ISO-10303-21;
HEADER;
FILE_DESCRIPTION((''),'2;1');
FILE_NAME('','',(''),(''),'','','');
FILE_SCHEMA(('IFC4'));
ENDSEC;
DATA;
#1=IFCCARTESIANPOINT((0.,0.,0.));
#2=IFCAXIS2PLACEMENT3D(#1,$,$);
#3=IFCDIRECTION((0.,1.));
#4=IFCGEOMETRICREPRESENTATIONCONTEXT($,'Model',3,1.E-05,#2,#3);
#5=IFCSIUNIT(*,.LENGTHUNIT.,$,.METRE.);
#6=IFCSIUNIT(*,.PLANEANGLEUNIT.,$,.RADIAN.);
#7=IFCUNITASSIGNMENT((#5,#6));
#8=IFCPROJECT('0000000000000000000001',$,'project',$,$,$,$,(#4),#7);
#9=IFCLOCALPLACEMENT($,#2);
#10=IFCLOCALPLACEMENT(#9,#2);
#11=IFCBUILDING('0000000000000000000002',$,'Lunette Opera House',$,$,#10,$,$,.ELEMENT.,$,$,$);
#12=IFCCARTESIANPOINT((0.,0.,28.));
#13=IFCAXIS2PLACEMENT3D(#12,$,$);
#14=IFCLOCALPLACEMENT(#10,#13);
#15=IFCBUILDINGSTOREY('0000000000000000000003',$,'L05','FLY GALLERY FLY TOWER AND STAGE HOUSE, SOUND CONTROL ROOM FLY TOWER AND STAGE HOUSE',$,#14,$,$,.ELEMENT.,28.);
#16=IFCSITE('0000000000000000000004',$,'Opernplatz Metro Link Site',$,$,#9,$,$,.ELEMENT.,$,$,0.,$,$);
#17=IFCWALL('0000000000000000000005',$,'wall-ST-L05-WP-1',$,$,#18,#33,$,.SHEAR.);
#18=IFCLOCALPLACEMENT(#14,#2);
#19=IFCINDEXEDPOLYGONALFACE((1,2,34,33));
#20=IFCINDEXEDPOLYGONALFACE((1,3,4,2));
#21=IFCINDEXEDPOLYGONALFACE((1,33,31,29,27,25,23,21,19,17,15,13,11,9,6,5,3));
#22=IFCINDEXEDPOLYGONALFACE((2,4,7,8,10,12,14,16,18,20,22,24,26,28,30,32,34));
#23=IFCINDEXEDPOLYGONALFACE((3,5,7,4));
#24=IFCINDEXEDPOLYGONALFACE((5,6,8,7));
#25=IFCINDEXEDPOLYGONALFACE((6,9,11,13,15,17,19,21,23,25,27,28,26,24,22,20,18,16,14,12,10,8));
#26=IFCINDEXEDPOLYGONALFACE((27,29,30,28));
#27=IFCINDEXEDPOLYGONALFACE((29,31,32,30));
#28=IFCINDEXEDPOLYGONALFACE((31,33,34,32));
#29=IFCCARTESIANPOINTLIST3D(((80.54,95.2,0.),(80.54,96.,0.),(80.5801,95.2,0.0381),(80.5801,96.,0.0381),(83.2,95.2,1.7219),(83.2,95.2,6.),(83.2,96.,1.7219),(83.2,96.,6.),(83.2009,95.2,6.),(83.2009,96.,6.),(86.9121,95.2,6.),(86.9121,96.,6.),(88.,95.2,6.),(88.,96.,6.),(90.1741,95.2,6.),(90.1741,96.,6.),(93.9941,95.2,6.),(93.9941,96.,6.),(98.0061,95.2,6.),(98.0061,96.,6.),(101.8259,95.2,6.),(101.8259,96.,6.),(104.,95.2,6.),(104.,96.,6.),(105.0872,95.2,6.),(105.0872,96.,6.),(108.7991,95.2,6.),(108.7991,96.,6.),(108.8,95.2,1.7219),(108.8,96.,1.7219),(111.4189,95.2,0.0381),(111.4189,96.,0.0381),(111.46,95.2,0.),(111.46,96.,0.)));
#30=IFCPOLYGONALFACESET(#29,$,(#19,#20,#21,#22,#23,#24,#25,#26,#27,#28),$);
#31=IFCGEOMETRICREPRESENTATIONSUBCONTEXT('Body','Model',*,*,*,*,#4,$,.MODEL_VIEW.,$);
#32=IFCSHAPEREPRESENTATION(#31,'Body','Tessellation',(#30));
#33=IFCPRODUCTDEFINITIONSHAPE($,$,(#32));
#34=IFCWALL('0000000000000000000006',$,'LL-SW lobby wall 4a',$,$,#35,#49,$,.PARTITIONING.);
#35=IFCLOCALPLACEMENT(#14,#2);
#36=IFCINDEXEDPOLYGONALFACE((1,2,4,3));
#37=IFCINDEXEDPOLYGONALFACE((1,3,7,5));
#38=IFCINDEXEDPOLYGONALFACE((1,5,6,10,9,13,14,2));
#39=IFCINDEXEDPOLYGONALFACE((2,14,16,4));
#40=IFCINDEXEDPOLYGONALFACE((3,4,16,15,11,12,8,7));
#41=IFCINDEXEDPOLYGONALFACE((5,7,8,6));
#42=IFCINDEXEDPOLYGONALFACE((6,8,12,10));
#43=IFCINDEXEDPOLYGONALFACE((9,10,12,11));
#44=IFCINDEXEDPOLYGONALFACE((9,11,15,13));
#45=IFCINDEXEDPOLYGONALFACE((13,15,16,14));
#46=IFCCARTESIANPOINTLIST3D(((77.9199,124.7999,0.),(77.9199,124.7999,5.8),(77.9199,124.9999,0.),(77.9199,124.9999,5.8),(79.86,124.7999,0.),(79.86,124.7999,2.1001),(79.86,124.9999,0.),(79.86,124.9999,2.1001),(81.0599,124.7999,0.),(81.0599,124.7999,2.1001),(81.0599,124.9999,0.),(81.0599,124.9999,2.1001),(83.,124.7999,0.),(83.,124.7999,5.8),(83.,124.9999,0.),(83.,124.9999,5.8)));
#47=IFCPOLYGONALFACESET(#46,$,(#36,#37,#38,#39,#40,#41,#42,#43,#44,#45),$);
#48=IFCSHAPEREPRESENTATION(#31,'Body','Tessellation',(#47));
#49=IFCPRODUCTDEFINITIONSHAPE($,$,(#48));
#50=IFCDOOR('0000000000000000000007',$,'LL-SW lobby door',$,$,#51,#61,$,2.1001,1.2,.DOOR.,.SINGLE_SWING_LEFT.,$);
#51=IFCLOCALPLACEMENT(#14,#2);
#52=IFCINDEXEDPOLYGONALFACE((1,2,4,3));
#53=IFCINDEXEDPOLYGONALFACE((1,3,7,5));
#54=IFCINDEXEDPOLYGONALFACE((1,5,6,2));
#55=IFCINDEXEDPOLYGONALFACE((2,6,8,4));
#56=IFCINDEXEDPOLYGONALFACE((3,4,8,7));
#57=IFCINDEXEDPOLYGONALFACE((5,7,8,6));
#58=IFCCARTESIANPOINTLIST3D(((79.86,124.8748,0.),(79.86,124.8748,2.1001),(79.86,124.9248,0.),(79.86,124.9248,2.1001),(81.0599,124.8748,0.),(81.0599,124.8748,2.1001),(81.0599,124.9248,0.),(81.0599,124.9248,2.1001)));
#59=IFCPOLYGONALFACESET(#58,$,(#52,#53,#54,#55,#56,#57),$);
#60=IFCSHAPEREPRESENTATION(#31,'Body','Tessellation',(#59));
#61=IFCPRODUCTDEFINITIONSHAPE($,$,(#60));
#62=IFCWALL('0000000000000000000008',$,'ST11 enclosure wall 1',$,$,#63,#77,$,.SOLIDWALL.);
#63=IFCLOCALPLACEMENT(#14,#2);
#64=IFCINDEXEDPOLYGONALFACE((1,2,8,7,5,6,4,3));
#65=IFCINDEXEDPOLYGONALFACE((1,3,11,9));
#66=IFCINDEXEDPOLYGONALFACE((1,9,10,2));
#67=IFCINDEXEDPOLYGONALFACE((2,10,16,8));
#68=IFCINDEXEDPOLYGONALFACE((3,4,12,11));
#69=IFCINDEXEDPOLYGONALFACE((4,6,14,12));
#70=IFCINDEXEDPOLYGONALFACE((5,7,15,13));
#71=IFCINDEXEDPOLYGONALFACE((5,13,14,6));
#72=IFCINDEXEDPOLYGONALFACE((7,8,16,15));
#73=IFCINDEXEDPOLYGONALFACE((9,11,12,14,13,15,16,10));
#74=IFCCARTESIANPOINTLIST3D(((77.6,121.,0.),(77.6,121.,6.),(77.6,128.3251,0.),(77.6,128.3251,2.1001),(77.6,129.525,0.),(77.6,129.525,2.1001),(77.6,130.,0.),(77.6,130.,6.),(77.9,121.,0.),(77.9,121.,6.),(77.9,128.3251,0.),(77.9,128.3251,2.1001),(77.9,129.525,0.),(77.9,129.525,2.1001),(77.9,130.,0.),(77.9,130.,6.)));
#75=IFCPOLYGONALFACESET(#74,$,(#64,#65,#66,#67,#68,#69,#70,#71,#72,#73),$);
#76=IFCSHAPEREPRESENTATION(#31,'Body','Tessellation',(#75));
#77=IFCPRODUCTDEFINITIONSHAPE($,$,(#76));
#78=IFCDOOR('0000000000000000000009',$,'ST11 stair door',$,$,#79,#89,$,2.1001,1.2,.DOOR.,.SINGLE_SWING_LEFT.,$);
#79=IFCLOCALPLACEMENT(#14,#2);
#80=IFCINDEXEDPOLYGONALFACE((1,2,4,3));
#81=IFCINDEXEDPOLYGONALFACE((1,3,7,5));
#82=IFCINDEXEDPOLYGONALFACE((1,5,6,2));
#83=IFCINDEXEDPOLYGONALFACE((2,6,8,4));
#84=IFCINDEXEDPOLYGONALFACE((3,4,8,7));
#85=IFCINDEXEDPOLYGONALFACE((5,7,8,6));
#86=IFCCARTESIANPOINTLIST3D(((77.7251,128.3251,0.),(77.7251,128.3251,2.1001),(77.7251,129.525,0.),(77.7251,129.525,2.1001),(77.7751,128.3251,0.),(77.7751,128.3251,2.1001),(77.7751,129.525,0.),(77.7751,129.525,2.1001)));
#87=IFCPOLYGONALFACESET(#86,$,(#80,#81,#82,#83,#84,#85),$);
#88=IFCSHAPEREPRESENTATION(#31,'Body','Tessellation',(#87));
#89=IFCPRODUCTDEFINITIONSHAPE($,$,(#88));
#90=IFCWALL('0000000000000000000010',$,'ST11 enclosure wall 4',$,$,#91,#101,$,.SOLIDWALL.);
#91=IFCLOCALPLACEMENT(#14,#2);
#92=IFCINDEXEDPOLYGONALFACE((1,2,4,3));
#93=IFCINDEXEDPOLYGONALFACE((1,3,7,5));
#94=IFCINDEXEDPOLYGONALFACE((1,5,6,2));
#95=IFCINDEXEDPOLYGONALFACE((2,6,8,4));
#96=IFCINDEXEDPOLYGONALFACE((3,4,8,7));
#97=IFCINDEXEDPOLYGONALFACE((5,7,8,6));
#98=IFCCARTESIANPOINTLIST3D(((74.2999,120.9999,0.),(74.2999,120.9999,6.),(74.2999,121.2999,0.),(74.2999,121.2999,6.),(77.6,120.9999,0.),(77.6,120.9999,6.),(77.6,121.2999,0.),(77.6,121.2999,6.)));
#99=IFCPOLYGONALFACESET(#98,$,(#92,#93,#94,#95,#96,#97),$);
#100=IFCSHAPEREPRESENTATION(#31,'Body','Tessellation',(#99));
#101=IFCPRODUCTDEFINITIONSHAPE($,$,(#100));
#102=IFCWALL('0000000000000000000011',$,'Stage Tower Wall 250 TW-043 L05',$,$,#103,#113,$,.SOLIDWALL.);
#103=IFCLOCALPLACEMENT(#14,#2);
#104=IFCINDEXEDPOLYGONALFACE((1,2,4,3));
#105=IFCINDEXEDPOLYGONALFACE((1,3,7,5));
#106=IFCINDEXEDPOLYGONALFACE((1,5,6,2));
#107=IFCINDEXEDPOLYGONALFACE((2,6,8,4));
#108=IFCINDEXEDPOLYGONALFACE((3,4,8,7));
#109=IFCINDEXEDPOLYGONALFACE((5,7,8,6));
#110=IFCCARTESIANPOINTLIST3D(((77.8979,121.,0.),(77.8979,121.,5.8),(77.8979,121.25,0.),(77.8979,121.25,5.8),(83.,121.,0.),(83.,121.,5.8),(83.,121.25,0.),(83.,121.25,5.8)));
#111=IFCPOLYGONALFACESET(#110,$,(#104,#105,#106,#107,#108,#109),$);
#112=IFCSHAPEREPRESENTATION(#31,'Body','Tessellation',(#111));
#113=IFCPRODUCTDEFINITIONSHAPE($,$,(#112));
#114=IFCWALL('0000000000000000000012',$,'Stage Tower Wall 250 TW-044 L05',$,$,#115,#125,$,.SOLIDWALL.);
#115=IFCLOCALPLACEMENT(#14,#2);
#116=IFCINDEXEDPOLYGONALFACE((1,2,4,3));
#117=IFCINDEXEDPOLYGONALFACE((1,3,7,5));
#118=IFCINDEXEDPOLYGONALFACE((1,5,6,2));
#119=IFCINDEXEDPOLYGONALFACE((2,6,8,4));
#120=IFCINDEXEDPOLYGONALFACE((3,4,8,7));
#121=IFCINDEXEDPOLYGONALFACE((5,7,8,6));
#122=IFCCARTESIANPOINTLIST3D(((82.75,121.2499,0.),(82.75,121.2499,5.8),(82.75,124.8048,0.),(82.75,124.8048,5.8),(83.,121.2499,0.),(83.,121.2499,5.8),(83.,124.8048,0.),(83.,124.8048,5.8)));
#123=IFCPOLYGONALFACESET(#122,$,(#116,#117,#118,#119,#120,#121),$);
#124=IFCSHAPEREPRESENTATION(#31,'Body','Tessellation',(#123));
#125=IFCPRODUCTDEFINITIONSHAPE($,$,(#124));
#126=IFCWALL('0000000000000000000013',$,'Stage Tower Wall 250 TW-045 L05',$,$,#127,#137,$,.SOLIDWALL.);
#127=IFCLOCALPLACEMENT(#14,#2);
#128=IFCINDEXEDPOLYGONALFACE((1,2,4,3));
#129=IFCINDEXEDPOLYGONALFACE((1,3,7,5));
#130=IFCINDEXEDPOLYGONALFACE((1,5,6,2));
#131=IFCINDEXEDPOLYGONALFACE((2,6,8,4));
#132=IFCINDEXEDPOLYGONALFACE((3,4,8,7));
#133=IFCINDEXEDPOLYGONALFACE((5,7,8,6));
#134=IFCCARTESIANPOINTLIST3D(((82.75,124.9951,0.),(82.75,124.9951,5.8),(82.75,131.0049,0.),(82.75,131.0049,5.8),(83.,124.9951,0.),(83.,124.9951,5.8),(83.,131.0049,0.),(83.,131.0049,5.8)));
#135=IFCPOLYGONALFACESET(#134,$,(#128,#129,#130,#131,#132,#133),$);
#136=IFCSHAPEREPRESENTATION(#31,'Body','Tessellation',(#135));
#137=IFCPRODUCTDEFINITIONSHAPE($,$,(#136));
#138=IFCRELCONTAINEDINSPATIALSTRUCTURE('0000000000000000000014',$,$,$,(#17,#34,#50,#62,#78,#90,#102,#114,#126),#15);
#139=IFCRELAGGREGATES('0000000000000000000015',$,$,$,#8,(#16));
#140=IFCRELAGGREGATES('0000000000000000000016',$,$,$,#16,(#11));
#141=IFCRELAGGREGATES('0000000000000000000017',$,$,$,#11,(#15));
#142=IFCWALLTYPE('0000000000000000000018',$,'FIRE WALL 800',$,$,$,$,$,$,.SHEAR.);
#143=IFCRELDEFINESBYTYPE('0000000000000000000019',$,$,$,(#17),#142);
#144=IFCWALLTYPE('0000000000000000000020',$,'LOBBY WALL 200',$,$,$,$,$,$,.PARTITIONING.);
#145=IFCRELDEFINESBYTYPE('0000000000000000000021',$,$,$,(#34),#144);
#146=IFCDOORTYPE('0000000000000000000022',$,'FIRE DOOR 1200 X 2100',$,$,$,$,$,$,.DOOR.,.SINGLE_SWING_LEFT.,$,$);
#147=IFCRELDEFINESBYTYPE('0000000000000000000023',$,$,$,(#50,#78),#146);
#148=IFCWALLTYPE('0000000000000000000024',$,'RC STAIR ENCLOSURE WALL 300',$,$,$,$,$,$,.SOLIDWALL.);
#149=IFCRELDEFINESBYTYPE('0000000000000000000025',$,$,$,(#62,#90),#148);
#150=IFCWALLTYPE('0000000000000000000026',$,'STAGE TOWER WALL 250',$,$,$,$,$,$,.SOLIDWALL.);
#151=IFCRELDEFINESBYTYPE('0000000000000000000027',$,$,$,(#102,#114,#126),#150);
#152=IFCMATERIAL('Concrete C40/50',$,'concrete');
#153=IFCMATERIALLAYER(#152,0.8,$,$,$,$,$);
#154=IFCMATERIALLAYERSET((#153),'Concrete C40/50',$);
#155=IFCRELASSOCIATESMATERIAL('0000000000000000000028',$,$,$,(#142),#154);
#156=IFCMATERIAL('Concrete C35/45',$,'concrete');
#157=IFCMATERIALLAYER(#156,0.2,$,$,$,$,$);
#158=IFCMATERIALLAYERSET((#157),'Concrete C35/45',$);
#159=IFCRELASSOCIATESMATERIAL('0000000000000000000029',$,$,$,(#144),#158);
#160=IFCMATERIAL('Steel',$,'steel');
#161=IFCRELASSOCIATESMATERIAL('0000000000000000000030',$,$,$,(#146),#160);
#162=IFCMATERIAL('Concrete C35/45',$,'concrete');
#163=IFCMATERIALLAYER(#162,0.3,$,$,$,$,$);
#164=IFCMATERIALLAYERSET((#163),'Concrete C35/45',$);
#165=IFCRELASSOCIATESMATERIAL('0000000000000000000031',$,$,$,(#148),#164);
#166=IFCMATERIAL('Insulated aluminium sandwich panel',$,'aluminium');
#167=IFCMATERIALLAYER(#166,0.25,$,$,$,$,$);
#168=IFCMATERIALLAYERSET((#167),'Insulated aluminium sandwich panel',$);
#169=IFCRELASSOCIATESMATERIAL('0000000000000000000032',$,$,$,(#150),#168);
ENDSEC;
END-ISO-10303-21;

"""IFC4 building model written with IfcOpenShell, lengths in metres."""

from ifc_helpers import new_model, si_unit, direction, frame, frame_2d, origin, place, context, subcontext, project, spatial, polyline, rectangle, outline, extrude, material, layer, layer_set, type_object, element, fill, save


model = new_model("IFC4")

# Units and contexts
model_context = context("Model", 3, precision=1e-05, world=origin(), true_north=direction((0.0, 1.0)))
body_context = subcontext(model_context, "Body", "Model", "MODEL_VIEW")
ifc_project = project(units=[si_unit("LENGTHUNIT", "METRE"), si_unit("PLANEANGLEUNIT", "RADIAN")], contexts=[model_context])

# Site, building, storey
site_placement = place(None, origin())
site = spatial("IfcSite", under=ifc_project, at=site_placement, Name="Opernplatz Metro Link Site", CompositionType="ELEMENT", RefElevation=0.0)
building_placement = place(site_placement, origin())
building = spatial("IfcBuilding", under=site, at=building_placement, Name="Lunette Opera House", CompositionType="ELEMENT")
storey_placement = place(building_placement, frame((0.0, 0.0, 28.0)))
storey = spatial("IfcBuildingStorey", under=building, at=storey_placement, Name="L05", Description="FLY GALLERY FLY TOWER AND STAGE HOUSE, SOUND CONTROL ROOM FLY TOWER AND STAGE HOUSE", CompositionType="ELEMENT", Elevation=28.0)

# Wall
ifc_material_1 = material(Name="Concrete C40/50", Category="concrete")
ifc_layer_1 = layer(ifc_material_1, 0.8)
ifc_layer_set_1 = layer_set([ifc_layer_1], Name="Concrete C40/50")
wall_type_1 = type_object("IfcWallType", Name="FIRE WALL 800", PredefinedType="SHEAR", material=ifc_layer_set_1)
wall_1_placement = place(storey_placement, frame((80.54, 95.6001, 0.0), z_axis=(0.0, 0.0, 1.0), x_axis=(1.0, 0.0, 0.0)))
element("IfcWall", 1, at=wall_1_placement, inside=storey, type_object=wall_type_1, Name="wall-ST-L05-WP-1", PredefinedType="SHEAR", context=body_context, shape_type="SweptSolid", body=[
    extrude(outline(polyline([(0.0, 0.0), (30.9199, 0.0), (30.9199, 0.0), (30.8789, 0.0381), (28.26, 1.7219), (28.259, 6.0), (28.259, 6.0), (24.5471, 6.0), (23.46, 6.0), (21.2859, 6.0), (17.4661, 6.0), (13.4541, 6.0), (9.634, 6.0), (7.46, 6.0), (6.3721, 6.0), (2.6609, 6.0), (2.6599, 6.0), (2.6599, 1.7219), (0.04, 0.0381), (0.0, 0.0), (0.0, 0.0)])), frame((0.0, 0.3999, 0.0), z_axis=(0.0, -1.0, 0.0), x_axis=(1.0, 0.0, 0.0)), (0.0, 0.0, 1.0), 0.8),
])

# Walls, openings, doors
ifc_material_2 = material(Name="Concrete C35/45", Category="concrete")
ifc_layer_2 = layer(ifc_material_2, 0.2)
ifc_layer_set_2 = layer_set([ifc_layer_2], Name="Concrete C35/45")
wall_type_2 = type_object("IfcWallType", Name="LOBBY WALL 200", PredefinedType="PARTITIONING", material=ifc_layer_set_2)
wall_2_placement = place(storey_placement, frame((77.9199, 124.8999, 0.0), z_axis=(0.0, 0.0, 1.0), x_axis=(1.0, 0.0, 0.0)))
wall_2 = element("IfcWall", 2, at=wall_2_placement, inside=storey, type_object=wall_type_2, Name="LL-SW lobby wall 4a", PredefinedType="PARTITIONING", context=body_context, shape_type="SweptSolid", body=[
    extrude(rectangle(XDim=5.0801, YDim=0.2, at=frame_2d((2.54, 0.0))), origin(), (0.0, 0.0, 1.0), 5.8),
])
opening_1_placement = place(wall_2_placement, frame((1.9399, 0.0, 0.0)))
opening_1 = element("IfcOpeningElement", 3, at=opening_1_placement, cuts=wall_2, PredefinedType="OPENING", context=body_context, shape_type="SweptSolid", body=[
    extrude(rectangle(XDim=1.2, YDim=2.1001, at=frame_2d((0.6001, 1.05))), frame((0.0, 0.1121, 0.0), z_axis=(0.0, -1.0, 0.0), x_axis=(1.0, 0.0, 0.0)), (0.0, 0.0, 1.0), 0.2239),
])
ifc_material_3 = material(Name="Steel", Category="steel")
door_type = type_object("IfcDoorType", Name="FIRE DOOR 1200 X 2100", OperationType="SINGLE_SWING_LEFT", PredefinedType="DOOR", material=ifc_material_3)
door_1_placement = place(opening_1_placement, origin())
door_1 = element("IfcDoor", 4, at=door_1_placement, inside=storey, type_object=door_type, Name="LL-SW lobby door", OperationType="SINGLE_SWING_LEFT", OverallHeight=2.1001, OverallWidth=1.2, PredefinedType="DOOR", context=body_context, shape_type="SweptSolid", body=[
    extrude(rectangle(XDim=1.2, YDim=2.1001, at=frame_2d((0.6001, 1.05))), frame((0.0, 0.0249, 0.0), z_axis=(0.0, -1.0, 0.0), x_axis=(1.0, 0.0, 0.0)), (0.0, 0.0, 1.0), 0.05),
])
fill(opening_1, door_1)
ifc_material_4 = material(Name="Concrete C35/45", Category="concrete")
ifc_layer_3 = layer(ifc_material_4, 0.3)
ifc_layer_set_3 = layer_set([ifc_layer_3], Name="Concrete C35/45")
wall_type_3 = type_object("IfcWallType", Name="RC STAIR ENCLOSURE WALL 300", PredefinedType="SOLIDWALL", material=ifc_layer_set_3)
wall_3_placement = place(storey_placement, frame((77.75, 121.0, 0.0), z_axis=(0.0, 0.0, 1.0), x_axis=(0.0, 1.0, 0.0)))
wall_3 = element("IfcWall", 5, at=wall_3_placement, inside=storey, type_object=wall_type_3, Name="ST11 enclosure wall 1", PredefinedType="SOLIDWALL", context=body_context, shape_type="SweptSolid", body=[
    extrude(rectangle(XDim=9.0, YDim=0.3, at=frame_2d((4.5, 0.0))), origin(), (0.0, 0.0, 1.0), 6.0),
])
opening_2_placement = place(wall_3_placement, frame((7.325, 0.0, 0.0)))
opening_2 = element("IfcOpeningElement", 6, at=opening_2_placement, cuts=wall_3, PredefinedType="OPENING", context=body_context, shape_type="SweptSolid", body=[
    extrude(rectangle(XDim=1.2, YDim=2.1001, at=frame_2d((0.6001, 1.05))), frame((0.0, 0.1621, 0.0), z_axis=(0.0, -1.0, 0.0), x_axis=(1.0, 0.0, 0.0)), (0.0, 0.0, 1.0), 0.324),
])
door_2_placement = place(opening_2_placement, origin())
door_2 = element("IfcDoor", 7, at=door_2_placement, inside=storey, type_object=door_type, Name="ST11 stair door", OperationType="SINGLE_SWING_LEFT", OverallHeight=2.1001, OverallWidth=1.2, PredefinedType="DOOR", context=body_context, shape_type="SweptSolid", body=[
    extrude(rectangle(XDim=1.2, YDim=2.1001, at=frame_2d((0.6001, 1.05))), frame((0.0, 0.0249, 0.0), z_axis=(0.0, -1.0, 0.0), x_axis=(1.0, 0.0, 0.0)), (0.0, 0.0, 1.0), 0.05),
])
fill(opening_2, door_2)

# Walls
wall_4_placement = place(storey_placement, frame((74.3, 121.1499, 0.0), z_axis=(0.0, 0.0, 1.0), x_axis=(1.0, 0.0, 0.0)))
element("IfcWall", 8, at=wall_4_placement, inside=storey, type_object=wall_type_3, Name="ST11 enclosure wall 4", PredefinedType="SOLIDWALL", context=body_context, shape_type="SweptSolid", body=[
    extrude(rectangle(XDim=3.3, YDim=0.3, at=frame_2d((1.6499, 0.0))), origin(), (0.0, 0.0, 1.0), 6.0),
])
ifc_material_5 = material(Name="Insulated aluminium sandwich panel", Category="aluminium")
ifc_layer_4 = layer(ifc_material_5, 0.25)
ifc_layer_set_4 = layer_set([ifc_layer_4], Name="Insulated aluminium sandwich panel")
wall_type_4 = type_object("IfcWallType", Name="STAGE TOWER WALL 250", PredefinedType="SOLIDWALL", material=ifc_layer_set_4)
wall_5_placement = place(storey_placement, frame((77.8979, 121.125, 0.0), z_axis=(0.0, 0.0, 1.0), x_axis=(1.0, 0.0, 0.0)))
element("IfcWall", 9, at=wall_5_placement, inside=storey, type_object=wall_type_4, Name="Stage Tower Wall 250 TW-043 L05", PredefinedType="SOLIDWALL", context=body_context, shape_type="SweptSolid", body=[
    extrude(rectangle(XDim=5.1021, YDim=0.25, at=frame_2d((2.551, 0.0))), origin(), (0.0, 0.0, 1.0), 5.8),
])
wall_6_placement = place(storey_placement, frame((82.875, 121.25, 0.0), z_axis=(0.0, 0.0, 1.0), x_axis=(0.0, 1.0, 0.0)))
element("IfcWall", 10, at=wall_6_placement, inside=storey, type_object=wall_type_4, Name="Stage Tower Wall 250 TW-044 L05", PredefinedType="SOLIDWALL", context=body_context, shape_type="SweptSolid", body=[
    extrude(rectangle(XDim=3.5549, YDim=0.25, at=frame_2d((1.7773, 0.0))), origin(), (0.0, 0.0, 1.0), 5.8),
])
wall_7_placement = place(storey_placement, frame((82.875, 124.9951, 0.0), z_axis=(0.0, 0.0, 1.0), x_axis=(0.0, 1.0, 0.0)))
element("IfcWall", 11, at=wall_7_placement, inside=storey, type_object=wall_type_4, Name="Stage Tower Wall 250 TW-045 L05", PredefinedType="SOLIDWALL", context=body_context, shape_type="SweptSolid", body=[
    extrude(rectangle(XDim=6.0098, YDim=0.25, at=frame_2d((3.0049, 0.0))), origin(), (0.0, 0.0, 1.0), 5.8),
])

save(model, "model.ifc")
